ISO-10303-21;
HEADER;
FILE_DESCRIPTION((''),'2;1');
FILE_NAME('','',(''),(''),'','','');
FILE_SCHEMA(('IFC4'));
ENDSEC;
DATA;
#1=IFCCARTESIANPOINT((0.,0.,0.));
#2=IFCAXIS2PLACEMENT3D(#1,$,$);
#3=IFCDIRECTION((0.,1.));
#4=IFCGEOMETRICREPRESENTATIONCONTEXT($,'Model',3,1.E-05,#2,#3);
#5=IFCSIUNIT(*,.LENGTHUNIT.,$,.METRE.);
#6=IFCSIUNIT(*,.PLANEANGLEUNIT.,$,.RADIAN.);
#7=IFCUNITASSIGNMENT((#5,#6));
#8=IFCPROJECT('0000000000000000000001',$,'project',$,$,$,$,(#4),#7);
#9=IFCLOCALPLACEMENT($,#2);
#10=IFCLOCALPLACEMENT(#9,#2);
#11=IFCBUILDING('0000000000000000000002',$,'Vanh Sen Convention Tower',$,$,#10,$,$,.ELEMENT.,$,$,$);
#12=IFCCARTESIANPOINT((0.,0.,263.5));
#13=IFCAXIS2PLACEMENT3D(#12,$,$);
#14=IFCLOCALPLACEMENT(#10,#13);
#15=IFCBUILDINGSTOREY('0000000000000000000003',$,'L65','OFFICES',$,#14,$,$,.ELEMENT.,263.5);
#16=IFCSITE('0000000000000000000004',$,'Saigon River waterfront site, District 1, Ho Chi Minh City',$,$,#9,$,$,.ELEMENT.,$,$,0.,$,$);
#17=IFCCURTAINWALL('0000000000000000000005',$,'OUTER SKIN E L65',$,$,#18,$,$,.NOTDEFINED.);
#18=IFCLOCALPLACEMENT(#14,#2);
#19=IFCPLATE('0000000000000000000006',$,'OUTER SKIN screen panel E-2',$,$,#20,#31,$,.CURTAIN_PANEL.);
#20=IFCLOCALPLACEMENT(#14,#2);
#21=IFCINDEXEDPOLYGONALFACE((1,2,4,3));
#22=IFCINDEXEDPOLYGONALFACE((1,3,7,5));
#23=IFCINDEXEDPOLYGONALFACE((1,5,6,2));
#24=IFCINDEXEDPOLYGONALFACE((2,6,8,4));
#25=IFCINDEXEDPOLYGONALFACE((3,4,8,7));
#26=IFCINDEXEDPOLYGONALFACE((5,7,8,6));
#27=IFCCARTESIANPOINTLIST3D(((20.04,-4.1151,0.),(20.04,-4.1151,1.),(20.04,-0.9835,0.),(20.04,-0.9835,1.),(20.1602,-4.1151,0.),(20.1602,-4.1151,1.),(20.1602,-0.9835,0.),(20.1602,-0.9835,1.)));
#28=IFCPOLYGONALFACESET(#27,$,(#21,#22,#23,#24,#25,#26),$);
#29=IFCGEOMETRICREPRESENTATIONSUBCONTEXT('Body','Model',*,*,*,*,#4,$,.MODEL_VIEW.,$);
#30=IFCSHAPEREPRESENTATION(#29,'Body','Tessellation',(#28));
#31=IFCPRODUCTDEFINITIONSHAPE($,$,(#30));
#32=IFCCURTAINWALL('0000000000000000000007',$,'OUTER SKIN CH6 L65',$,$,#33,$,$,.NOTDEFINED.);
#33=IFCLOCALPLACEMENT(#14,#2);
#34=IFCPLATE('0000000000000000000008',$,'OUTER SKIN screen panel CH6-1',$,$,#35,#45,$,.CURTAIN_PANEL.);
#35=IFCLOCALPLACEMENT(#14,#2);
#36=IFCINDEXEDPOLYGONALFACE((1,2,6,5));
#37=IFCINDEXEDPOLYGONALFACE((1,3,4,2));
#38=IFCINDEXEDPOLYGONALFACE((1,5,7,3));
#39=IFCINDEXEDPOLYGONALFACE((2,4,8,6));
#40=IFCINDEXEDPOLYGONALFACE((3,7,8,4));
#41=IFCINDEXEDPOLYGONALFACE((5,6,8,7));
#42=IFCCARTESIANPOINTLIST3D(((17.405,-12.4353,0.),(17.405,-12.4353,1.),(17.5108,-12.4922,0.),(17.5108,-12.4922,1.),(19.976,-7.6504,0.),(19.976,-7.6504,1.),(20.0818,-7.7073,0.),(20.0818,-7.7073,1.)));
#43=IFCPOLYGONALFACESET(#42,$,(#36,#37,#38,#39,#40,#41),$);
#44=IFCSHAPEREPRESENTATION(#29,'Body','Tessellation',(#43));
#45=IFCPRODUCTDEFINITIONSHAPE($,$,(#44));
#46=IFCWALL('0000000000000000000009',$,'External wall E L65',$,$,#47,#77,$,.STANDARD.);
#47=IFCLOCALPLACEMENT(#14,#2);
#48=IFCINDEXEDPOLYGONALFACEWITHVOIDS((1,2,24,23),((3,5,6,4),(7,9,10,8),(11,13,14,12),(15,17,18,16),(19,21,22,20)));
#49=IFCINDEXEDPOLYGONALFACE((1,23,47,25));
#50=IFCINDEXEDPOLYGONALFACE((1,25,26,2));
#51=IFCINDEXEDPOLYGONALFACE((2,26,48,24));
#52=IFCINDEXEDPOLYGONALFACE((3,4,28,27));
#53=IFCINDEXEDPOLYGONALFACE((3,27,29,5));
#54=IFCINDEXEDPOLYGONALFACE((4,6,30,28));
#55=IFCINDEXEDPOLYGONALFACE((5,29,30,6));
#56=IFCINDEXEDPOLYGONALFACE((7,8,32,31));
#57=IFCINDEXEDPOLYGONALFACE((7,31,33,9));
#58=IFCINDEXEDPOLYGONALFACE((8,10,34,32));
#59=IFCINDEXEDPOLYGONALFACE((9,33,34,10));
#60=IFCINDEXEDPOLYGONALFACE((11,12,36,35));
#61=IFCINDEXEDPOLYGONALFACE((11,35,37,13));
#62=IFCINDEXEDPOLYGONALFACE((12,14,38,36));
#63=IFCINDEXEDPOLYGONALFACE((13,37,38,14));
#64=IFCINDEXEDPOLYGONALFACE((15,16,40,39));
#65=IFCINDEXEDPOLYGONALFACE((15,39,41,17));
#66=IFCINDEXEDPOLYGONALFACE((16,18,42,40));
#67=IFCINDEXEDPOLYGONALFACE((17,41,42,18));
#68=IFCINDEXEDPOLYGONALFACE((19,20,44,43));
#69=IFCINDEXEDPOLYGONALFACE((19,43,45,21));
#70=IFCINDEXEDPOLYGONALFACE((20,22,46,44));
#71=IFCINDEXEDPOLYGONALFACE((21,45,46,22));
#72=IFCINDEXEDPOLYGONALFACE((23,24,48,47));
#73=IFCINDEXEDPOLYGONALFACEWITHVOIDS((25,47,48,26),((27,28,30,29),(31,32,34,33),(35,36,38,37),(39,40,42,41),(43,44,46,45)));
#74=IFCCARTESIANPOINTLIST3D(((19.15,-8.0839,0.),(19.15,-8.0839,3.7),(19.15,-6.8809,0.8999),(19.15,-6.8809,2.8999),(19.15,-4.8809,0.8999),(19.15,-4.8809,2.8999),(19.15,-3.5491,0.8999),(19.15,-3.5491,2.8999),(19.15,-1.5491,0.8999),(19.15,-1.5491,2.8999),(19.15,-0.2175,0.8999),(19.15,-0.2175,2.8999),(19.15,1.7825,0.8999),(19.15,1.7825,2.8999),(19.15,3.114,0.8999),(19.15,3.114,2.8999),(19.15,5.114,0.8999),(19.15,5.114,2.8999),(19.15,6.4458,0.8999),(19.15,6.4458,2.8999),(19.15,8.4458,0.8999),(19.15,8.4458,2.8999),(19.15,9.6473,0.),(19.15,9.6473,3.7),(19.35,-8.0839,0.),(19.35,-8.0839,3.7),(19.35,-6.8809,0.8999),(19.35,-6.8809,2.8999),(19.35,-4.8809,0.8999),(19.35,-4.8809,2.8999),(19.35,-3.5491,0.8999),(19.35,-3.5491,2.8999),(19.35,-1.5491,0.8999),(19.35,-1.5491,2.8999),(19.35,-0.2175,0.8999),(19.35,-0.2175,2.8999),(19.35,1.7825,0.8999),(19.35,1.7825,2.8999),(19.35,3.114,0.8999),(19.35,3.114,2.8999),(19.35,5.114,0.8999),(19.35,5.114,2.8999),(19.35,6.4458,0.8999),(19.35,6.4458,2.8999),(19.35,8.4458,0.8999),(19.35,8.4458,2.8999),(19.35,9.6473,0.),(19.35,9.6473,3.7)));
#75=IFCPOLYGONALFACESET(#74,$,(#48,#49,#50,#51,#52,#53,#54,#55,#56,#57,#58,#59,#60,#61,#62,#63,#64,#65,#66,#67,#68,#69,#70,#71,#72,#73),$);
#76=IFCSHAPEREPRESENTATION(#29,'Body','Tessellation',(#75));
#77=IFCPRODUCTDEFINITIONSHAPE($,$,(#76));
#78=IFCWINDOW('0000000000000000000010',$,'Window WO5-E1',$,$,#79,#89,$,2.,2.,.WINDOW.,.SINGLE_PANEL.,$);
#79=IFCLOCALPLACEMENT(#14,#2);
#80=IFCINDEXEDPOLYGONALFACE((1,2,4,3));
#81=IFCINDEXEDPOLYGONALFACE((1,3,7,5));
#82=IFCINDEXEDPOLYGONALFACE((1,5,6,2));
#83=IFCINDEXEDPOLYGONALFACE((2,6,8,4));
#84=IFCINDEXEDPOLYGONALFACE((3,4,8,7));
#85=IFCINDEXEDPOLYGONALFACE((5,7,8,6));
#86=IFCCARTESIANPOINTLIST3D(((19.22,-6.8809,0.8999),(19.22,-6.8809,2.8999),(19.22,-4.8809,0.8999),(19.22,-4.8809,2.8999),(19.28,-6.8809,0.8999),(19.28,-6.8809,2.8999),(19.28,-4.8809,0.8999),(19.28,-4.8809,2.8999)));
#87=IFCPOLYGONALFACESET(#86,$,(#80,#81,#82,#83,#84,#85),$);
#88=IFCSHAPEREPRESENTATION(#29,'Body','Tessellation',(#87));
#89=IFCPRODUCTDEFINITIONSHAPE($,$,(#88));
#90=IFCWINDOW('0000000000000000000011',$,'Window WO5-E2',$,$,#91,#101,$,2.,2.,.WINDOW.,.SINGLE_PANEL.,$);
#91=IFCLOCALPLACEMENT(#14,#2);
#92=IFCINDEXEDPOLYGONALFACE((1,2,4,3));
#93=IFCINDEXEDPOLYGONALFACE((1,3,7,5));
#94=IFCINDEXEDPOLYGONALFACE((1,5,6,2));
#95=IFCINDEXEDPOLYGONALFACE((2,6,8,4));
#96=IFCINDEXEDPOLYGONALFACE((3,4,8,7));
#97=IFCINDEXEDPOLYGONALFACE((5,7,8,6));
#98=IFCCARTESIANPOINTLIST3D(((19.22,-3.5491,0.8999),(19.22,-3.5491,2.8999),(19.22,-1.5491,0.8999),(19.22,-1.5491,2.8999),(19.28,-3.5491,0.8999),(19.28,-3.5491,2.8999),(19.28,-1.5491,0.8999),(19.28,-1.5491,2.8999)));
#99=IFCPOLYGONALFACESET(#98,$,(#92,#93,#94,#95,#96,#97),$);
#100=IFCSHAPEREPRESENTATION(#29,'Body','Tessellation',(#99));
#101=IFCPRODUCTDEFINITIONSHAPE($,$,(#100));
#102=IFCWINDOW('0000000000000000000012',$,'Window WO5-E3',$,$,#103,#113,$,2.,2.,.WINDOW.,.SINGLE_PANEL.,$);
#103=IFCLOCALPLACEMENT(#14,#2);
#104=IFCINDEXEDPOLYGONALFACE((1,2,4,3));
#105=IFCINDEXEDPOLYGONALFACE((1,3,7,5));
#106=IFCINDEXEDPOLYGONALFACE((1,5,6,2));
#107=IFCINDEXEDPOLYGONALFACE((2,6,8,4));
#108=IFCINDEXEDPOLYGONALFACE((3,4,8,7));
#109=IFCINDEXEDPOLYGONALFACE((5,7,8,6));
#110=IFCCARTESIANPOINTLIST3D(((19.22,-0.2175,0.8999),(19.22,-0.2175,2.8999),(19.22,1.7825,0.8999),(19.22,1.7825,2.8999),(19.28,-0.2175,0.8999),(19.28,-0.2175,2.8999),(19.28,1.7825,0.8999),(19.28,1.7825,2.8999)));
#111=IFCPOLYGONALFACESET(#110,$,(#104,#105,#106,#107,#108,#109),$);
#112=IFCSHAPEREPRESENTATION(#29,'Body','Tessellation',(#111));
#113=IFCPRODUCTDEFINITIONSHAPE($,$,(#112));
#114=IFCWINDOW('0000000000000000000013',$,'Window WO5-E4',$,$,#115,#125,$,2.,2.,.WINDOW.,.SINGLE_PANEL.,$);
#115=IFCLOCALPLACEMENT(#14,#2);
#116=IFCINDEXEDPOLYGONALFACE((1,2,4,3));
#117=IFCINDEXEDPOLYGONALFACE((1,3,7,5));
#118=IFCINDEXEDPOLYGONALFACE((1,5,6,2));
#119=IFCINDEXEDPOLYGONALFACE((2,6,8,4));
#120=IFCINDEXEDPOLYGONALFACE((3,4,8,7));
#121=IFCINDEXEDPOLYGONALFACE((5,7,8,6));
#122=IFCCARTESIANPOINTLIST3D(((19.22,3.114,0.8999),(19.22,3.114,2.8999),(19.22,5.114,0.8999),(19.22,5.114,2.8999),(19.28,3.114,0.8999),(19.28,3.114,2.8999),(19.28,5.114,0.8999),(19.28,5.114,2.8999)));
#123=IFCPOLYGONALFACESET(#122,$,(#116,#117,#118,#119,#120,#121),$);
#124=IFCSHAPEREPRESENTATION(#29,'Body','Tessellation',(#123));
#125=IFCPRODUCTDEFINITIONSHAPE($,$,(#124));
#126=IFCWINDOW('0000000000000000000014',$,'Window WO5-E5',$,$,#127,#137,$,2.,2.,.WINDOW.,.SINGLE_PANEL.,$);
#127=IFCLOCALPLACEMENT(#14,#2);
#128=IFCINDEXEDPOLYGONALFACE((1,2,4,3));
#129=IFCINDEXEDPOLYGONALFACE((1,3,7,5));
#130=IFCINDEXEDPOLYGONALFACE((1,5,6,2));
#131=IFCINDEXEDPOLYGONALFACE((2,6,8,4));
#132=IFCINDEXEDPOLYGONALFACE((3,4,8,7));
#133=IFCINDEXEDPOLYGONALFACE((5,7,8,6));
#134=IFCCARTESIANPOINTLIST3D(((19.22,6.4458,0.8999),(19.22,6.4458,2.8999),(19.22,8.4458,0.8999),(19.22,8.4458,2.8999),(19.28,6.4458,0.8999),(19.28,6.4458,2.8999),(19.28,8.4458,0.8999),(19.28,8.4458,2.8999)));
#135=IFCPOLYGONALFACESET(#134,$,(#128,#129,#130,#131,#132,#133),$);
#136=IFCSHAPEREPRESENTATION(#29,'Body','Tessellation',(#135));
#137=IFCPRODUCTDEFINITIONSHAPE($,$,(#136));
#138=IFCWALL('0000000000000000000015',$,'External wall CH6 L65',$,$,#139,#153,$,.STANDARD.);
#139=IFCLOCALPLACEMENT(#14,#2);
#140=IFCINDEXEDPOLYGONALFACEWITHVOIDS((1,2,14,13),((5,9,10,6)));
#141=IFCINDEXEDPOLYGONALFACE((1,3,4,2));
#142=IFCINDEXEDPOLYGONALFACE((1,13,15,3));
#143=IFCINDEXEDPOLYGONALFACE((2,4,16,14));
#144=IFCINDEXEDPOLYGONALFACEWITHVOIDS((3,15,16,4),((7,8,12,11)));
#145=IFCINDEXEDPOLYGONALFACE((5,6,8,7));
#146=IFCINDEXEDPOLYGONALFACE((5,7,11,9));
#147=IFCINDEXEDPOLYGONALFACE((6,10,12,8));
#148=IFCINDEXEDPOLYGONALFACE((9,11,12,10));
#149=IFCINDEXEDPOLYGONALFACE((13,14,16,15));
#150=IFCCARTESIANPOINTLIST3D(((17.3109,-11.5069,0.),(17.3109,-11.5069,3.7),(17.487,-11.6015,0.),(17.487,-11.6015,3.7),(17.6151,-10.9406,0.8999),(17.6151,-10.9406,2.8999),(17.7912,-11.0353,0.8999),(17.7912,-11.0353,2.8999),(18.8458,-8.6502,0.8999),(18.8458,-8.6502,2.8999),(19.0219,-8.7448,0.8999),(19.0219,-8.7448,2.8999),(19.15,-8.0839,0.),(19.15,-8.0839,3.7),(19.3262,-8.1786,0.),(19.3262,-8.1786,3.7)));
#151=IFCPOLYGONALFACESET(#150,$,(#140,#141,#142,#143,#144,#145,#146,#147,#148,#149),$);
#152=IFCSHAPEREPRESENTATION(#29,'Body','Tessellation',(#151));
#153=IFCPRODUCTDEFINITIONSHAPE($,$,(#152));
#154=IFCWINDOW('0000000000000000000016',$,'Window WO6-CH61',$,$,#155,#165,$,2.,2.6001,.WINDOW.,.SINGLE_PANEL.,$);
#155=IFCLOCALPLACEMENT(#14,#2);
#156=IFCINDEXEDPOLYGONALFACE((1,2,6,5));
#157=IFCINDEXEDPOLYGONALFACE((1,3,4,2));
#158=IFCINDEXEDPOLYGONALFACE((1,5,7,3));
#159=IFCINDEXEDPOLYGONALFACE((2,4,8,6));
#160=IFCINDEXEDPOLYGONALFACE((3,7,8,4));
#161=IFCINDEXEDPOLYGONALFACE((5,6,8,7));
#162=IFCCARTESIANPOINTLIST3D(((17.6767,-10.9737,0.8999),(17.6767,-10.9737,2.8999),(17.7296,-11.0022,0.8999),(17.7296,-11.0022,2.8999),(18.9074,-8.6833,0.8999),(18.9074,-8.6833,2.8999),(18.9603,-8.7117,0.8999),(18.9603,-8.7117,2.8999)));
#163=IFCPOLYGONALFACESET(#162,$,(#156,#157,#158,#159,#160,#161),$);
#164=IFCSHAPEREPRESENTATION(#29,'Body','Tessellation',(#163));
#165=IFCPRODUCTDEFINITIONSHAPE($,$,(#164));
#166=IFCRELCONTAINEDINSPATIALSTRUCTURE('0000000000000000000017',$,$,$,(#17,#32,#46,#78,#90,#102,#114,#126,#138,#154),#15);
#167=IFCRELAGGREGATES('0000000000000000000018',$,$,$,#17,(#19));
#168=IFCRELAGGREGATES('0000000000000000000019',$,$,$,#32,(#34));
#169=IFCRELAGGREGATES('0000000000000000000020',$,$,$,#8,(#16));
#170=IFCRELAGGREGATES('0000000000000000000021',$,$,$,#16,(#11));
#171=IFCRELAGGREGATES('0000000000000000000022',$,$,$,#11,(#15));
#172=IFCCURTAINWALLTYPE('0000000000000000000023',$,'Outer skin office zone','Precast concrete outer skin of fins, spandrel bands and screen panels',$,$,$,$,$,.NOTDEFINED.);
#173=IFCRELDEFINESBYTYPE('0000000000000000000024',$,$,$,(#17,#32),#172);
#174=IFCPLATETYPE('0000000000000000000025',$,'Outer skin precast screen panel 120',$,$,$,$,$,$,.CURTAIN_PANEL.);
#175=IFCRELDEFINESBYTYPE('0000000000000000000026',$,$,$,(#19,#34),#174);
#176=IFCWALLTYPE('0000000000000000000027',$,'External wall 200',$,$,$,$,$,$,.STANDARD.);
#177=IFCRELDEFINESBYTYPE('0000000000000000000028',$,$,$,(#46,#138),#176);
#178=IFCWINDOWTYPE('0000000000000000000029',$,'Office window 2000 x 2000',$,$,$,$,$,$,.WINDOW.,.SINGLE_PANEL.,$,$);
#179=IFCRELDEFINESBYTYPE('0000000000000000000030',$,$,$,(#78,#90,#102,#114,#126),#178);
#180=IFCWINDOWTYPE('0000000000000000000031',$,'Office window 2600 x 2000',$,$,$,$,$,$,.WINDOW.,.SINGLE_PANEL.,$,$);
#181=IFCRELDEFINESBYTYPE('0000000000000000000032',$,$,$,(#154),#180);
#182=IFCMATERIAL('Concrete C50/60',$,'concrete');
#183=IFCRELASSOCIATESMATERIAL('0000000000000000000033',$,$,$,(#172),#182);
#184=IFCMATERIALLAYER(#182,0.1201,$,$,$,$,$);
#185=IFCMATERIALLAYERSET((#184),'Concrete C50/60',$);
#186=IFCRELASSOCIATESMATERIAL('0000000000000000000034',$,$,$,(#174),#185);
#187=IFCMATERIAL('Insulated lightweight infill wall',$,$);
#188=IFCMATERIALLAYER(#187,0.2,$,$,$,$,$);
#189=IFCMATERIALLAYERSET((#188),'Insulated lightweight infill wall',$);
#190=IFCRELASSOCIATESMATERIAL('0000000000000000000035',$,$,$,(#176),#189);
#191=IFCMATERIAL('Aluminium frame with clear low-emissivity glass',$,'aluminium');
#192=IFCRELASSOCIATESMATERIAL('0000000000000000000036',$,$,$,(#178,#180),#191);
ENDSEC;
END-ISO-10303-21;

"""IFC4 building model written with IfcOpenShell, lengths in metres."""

from ifc_helpers import new_model, si_unit, direction, frame, frame_2d, origin, origin_2d, place, context, subcontext, project, spatial, rectangle, extrude, material, layer, layer_set, type_object, element, fill, aggregate, save


model = new_model("IFC4")

# Units and contexts
model_context = context("Model", 3, precision=1e-05, world=origin(), true_north=direction((0.0, 1.0)))
body_context = subcontext(model_context, "Body", "Model", "MODEL_VIEW")
ifc_project = project(units=[si_unit("LENGTHUNIT", "METRE"), si_unit("PLANEANGLEUNIT", "RADIAN")], contexts=[model_context])

# Site, building, storey
site_placement = place(None, origin())
site = spatial("IfcSite", under=ifc_project, at=site_placement, Name="Saigon River waterfront site, District 1, Ho Chi Minh City", CompositionType="ELEMENT", RefElevation=0.0)
building_placement = place(site_placement, origin())
building = spatial("IfcBuilding", under=site, at=building_placement, Name="Vanh Sen Convention Tower", CompositionType="ELEMENT")
storey_placement = place(building_placement, frame((0.0, 0.0, 263.5)))
storey = spatial("IfcBuildingStorey", under=building, at=storey_placement, Name="L65", Description="OFFICES", CompositionType="ELEMENT", Elevation=263.5)

# Curtain wall
ifc_material_1 = material(Name="Concrete C50/60", Category="concrete")
curtain_wall_type = type_object("IfcCurtainWallType", Name="Outer skin office zone", Description="Precast concrete outer skin of fins, spandrel bands and screen panels", PredefinedType="NOTDEFINED", material=ifc_material_1)
curtain_wall_1_placement = place(storey_placement, origin())
curtain_wall_1 = element("IfcCurtainWall", 1, at=curtain_wall_1_placement, inside=storey, type_object=curtain_wall_type, Name="OUTER SKIN E L65", PredefinedType="NOTDEFINED")

# Plate
ifc_layer_1 = layer(ifc_material_1, 0.1201)
ifc_layer_set_1 = layer_set([ifc_layer_1], Name="Concrete C50/60")
plate_type = type_object("IfcPlateType", Name="Outer skin precast screen panel 120", PredefinedType="CURTAIN_PANEL", material=ifc_layer_set_1)
plate_1_placement = place(storey_placement, frame((20.1001, -2.5493, 0.0), z_axis=(0.0, 0.0, 1.0), x_axis=(0.0, 1.0, 0.0)))
plate_1 = element("IfcPlate", 2, at=plate_1_placement, type_object=plate_type, Name="OUTER SKIN screen panel E-2", PredefinedType="CURTAIN_PANEL", context=body_context, shape_type="SweptSolid", body=[
    extrude(rectangle(XDim=3.1316, YDim=0.1201, at=origin_2d()), origin(), (0.0, 0.0, 1.0), 1.0),
])
aggregate(curtain_wall_1, [plate_1])

# Curtain wall, plate
curtain_wall_2_placement = place(storey_placement, origin())
curtain_wall_2 = element("IfcCurtainWall", 3, at=curtain_wall_2_placement, inside=storey, type_object=curtain_wall_type, Name="OUTER SKIN CH6 L65", PredefinedType="NOTDEFINED")
plate_2_placement = place(storey_placement, frame((18.7434, -10.0713, 0.0), z_axis=(0.0, 0.0, 1.0), x_axis=(0.473324, 0.880888, 0.0)))
plate_2 = element("IfcPlate", 4, at=plate_2_placement, type_object=plate_type, Name="OUTER SKIN screen panel CH6-1", PredefinedType="CURTAIN_PANEL", context=body_context, shape_type="SweptSolid", body=[
    extrude(rectangle(XDim=5.4319, YDim=0.1201, at=origin_2d()), origin(), (0.0, 0.0, 1.0), 1.0),
])
aggregate(curtain_wall_2, [plate_2])

# Wall, openings, windows
ifc_material_2 = material(Name="Insulated lightweight infill wall")
ifc_layer_2 = layer(ifc_material_2, 0.2)
ifc_layer_set_2 = layer_set([ifc_layer_2], Name="Insulated lightweight infill wall")
wall_type = type_object("IfcWallType", Name="External wall 200", PredefinedType="STANDARD", material=ifc_layer_set_2)
wall_1_placement = place(storey_placement, frame((19.25, -8.084, 0.0), z_axis=(0.0, 0.0, 1.0), x_axis=(0.0, 1.0, 0.0)))
wall_1 = element("IfcWall", 5, at=wall_1_placement, inside=storey, type_object=wall_type, Name="External wall E L65", PredefinedType="STANDARD", context=body_context, shape_type="SweptSolid", body=[
    extrude(rectangle(XDim=17.7312, YDim=0.2, at=frame_2d((8.8657, 0.0))), origin(), (0.0, 0.0, 1.0), 3.7),
])
opening_1_placement = place(wall_1_placement, frame((1.2031, 0.0, 0.8999)))
opening_1 = element("IfcOpeningElement", 6, at=opening_1_placement, cuts=wall_1, PredefinedType="OPENING", context=body_context, shape_type="SweptSolid", body=[
    extrude(rectangle(XDim=2.0, YDim=2.0, at=frame_2d((1.0, 1.0))), frame((0.0, 0.1099, 0.0), z_axis=(0.0, -1.0, 0.0), x_axis=(1.0, 0.0, 0.0)), (0.0, 0.0, 1.0), 0.22),
])
opening_2_placement = place(wall_1_placement, frame((4.5349, 0.0, 0.8999)))
opening_2 = element("IfcOpeningElement", 7, at=opening_2_placement, cuts=wall_1, PredefinedType="OPENING", context=body_context, shape_type="SweptSolid", body=[
    extrude(rectangle(XDim=2.0, YDim=2.0, at=frame_2d((1.0, 1.0))), frame((0.0, 0.1099, 0.0), z_axis=(0.0, -1.0, 0.0), x_axis=(1.0, 0.0, 0.0)), (0.0, 0.0, 1.0), 0.22),
])
opening_3_placement = place(wall_1_placement, frame((7.8665, 0.0, 0.8999)))
opening_3 = element("IfcOpeningElement", 8, at=opening_3_placement, cuts=wall_1, PredefinedType="OPENING", context=body_context, shape_type="SweptSolid", body=[
    extrude(rectangle(XDim=2.0, YDim=2.0, at=frame_2d((1.0, 1.0))), frame((0.0, 0.1099, 0.0), z_axis=(0.0, -1.0, 0.0), x_axis=(1.0, 0.0, 0.0)), (0.0, 0.0, 1.0), 0.22),
])
opening_4_placement = place(wall_1_placement, frame((11.198, 0.0, 0.8999)))
opening_4 = element("IfcOpeningElement", 9, at=opening_4_placement, cuts=wall_1, PredefinedType="OPENING", context=body_context, shape_type="SweptSolid", body=[
    extrude(rectangle(XDim=2.0, YDim=2.0, at=frame_2d((1.0, 1.0))), frame((0.0, 0.1099, 0.0), z_axis=(0.0, -1.0, 0.0), x_axis=(1.0, 0.0, 0.0)), (0.0, 0.0, 1.0), 0.22),
])
opening_5_placement = place(wall_1_placement, frame((14.5298, 0.0, 0.8999)))
opening_5 = element("IfcOpeningElement", 10, at=opening_5_placement, cuts=wall_1, PredefinedType="OPENING", context=body_context, shape_type="SweptSolid", body=[
    extrude(rectangle(XDim=2.0, YDim=2.0, at=frame_2d((1.0, 1.0))), frame((0.0, 0.1099, 0.0), z_axis=(0.0, -1.0, 0.0), x_axis=(1.0, 0.0, 0.0)), (0.0, 0.0, 1.0), 0.22),
])
ifc_material_3 = material(Name="Aluminium frame with clear low-emissivity glass", Category="aluminium")
window_type_1 = type_object("IfcWindowType", Name="Office window 2000 x 2000", PartitioningType="SINGLE_PANEL", PredefinedType="WINDOW", material=ifc_material_3)
window_1_placement = place(opening_1_placement, origin())
window_1 = element("IfcWindow", 11, at=window_1_placement, inside=storey, type_object=window_type_1, Name="Window WO5-E1", OverallHeight=2.0, OverallWidth=2.0, PartitioningType="SINGLE_PANEL", PredefinedType="WINDOW", context=body_context, shape_type="SweptSolid", body=[
    extrude(rectangle(XDim=2.0, YDim=2.0, at=frame_2d((1.0, 1.0))), frame((0.0, 0.03, 0.0), z_axis=(0.0, -1.0, 0.0), x_axis=(1.0, 0.0, 0.0)), (0.0, 0.0, 1.0), 0.0601),
])
fill(opening_1, window_1)
window_2_placement = place(opening_2_placement, origin())
window_2 = element("IfcWindow", 12, at=window_2_placement, inside=storey, type_object=window_type_1, Name="Window WO5-E2", OverallHeight=2.0, OverallWidth=2.0, PartitioningType="SINGLE_PANEL", PredefinedType="WINDOW", context=body_context, shape_type="SweptSolid", body=[
    extrude(rectangle(XDim=2.0, YDim=2.0, at=frame_2d((1.0, 1.0))), frame((0.0, 0.03, 0.0), z_axis=(0.0, -1.0, 0.0), x_axis=(1.0, 0.0, 0.0)), (0.0, 0.0, 1.0), 0.0601),
])
fill(opening_2, window_2)
window_3_placement = place(opening_3_placement, origin())
window_3 = element("IfcWindow", 13, at=window_3_placement, inside=storey, type_object=window_type_1, Name="Window WO5-E3", OverallHeight=2.0, OverallWidth=2.0, PartitioningType="SINGLE_PANEL", PredefinedType="WINDOW", context=body_context, shape_type="SweptSolid", body=[
    extrude(rectangle(XDim=2.0, YDim=2.0, at=frame_2d((1.0, 1.0))), frame((0.0, 0.03, 0.0), z_axis=(0.0, -1.0, 0.0), x_axis=(1.0, 0.0, 0.0)), (0.0, 0.0, 1.0), 0.0601),
])
fill(opening_3, window_3)
window_4_placement = place(opening_4_placement, origin())
window_4 = element("IfcWindow", 14, at=window_4_placement, inside=storey, type_object=window_type_1, Name="Window WO5-E4", OverallHeight=2.0, OverallWidth=2.0, PartitioningType="SINGLE_PANEL", PredefinedType="WINDOW", context=body_context, shape_type="SweptSolid", body=[
    extrude(rectangle(XDim=2.0, YDim=2.0, at=frame_2d((1.0, 1.0))), frame((0.0, 0.03, 0.0), z_axis=(0.0, -1.0, 0.0), x_axis=(1.0, 0.0, 0.0)), (0.0, 0.0, 1.0), 0.0601),
])
fill(opening_4, window_4)
window_5_placement = place(opening_5_placement, origin())
window_5 = element("IfcWindow", 15, at=window_5_placement, inside=storey, type_object=window_type_1, Name="Window WO5-E5", OverallHeight=2.0, OverallWidth=2.0, PartitioningType="SINGLE_PANEL", PredefinedType="WINDOW", context=body_context, shape_type="SweptSolid", body=[
    extrude(rectangle(XDim=2.0, YDim=2.0, at=frame_2d((1.0, 1.0))), frame((0.0, 0.03, 0.0), z_axis=(0.0, -1.0, 0.0), x_axis=(1.0, 0.0, 0.0)), (0.0, 0.0, 1.0), 0.0601),
])
fill(opening_5, window_5)

# Wall, opening, window
wall_2_placement = place(storey_placement, frame((17.3989, -11.5542, 0.0), z_axis=(0.0, 0.0, 1.0), x_axis=(0.473309, 0.880896, 0.0)))
wall_2 = element("IfcWall", 16, at=wall_2_placement, inside=storey, type_object=wall_type, Name="External wall CH6 L65", PredefinedType="STANDARD", context=body_context, shape_type="SweptSolid", body=[
    extrude(rectangle(XDim=3.8857, YDim=0.2, at=frame_2d((1.9429, 0.0))), origin(), (0.0, 0.0, 1.0), 3.7),
])
opening_6_placement = place(wall_2_placement, frame((0.6428, 0.0, 0.8999)))
opening_6 = element("IfcOpeningElement", 17, at=opening_6_placement, cuts=wall_2, PredefinedType="OPENING", context=body_context, shape_type="SweptSolid", body=[
    extrude(rectangle(XDim=2.6001, YDim=2.0, at=frame_2d((1.3, 1.0))), frame((0.0, 0.1099, 0.0), z_axis=(0.0, -1.0, 0.0), x_axis=(1.0, 0.0, 0.0)), (0.0, 0.0, 1.0), 0.22),
])
window_type_2 = type_object("IfcWindowType", Name="Office window 2600 x 2000", PartitioningType="SINGLE_PANEL", PredefinedType="WINDOW", material=ifc_material_3)
window_6_placement = place(opening_6_placement, origin())
window_6 = element("IfcWindow", 18, at=window_6_placement, inside=storey, type_object=window_type_2, Name="Window WO6-CH61", OverallHeight=2.0, OverallWidth=2.6001, PartitioningType="SINGLE_PANEL", PredefinedType="WINDOW", context=body_context, shape_type="SweptSolid", body=[
    extrude(rectangle(XDim=2.6001, YDim=2.0, at=frame_2d((1.3, 1.0))), frame((0.0, 0.03, 0.0), z_axis=(0.0, -1.0, 0.0), x_axis=(1.0, 0.0, 0.0)), (0.0, 0.0, 1.0), 0.0601),
])
fill(opening_6, window_6)

save(model, "model.ifc")
